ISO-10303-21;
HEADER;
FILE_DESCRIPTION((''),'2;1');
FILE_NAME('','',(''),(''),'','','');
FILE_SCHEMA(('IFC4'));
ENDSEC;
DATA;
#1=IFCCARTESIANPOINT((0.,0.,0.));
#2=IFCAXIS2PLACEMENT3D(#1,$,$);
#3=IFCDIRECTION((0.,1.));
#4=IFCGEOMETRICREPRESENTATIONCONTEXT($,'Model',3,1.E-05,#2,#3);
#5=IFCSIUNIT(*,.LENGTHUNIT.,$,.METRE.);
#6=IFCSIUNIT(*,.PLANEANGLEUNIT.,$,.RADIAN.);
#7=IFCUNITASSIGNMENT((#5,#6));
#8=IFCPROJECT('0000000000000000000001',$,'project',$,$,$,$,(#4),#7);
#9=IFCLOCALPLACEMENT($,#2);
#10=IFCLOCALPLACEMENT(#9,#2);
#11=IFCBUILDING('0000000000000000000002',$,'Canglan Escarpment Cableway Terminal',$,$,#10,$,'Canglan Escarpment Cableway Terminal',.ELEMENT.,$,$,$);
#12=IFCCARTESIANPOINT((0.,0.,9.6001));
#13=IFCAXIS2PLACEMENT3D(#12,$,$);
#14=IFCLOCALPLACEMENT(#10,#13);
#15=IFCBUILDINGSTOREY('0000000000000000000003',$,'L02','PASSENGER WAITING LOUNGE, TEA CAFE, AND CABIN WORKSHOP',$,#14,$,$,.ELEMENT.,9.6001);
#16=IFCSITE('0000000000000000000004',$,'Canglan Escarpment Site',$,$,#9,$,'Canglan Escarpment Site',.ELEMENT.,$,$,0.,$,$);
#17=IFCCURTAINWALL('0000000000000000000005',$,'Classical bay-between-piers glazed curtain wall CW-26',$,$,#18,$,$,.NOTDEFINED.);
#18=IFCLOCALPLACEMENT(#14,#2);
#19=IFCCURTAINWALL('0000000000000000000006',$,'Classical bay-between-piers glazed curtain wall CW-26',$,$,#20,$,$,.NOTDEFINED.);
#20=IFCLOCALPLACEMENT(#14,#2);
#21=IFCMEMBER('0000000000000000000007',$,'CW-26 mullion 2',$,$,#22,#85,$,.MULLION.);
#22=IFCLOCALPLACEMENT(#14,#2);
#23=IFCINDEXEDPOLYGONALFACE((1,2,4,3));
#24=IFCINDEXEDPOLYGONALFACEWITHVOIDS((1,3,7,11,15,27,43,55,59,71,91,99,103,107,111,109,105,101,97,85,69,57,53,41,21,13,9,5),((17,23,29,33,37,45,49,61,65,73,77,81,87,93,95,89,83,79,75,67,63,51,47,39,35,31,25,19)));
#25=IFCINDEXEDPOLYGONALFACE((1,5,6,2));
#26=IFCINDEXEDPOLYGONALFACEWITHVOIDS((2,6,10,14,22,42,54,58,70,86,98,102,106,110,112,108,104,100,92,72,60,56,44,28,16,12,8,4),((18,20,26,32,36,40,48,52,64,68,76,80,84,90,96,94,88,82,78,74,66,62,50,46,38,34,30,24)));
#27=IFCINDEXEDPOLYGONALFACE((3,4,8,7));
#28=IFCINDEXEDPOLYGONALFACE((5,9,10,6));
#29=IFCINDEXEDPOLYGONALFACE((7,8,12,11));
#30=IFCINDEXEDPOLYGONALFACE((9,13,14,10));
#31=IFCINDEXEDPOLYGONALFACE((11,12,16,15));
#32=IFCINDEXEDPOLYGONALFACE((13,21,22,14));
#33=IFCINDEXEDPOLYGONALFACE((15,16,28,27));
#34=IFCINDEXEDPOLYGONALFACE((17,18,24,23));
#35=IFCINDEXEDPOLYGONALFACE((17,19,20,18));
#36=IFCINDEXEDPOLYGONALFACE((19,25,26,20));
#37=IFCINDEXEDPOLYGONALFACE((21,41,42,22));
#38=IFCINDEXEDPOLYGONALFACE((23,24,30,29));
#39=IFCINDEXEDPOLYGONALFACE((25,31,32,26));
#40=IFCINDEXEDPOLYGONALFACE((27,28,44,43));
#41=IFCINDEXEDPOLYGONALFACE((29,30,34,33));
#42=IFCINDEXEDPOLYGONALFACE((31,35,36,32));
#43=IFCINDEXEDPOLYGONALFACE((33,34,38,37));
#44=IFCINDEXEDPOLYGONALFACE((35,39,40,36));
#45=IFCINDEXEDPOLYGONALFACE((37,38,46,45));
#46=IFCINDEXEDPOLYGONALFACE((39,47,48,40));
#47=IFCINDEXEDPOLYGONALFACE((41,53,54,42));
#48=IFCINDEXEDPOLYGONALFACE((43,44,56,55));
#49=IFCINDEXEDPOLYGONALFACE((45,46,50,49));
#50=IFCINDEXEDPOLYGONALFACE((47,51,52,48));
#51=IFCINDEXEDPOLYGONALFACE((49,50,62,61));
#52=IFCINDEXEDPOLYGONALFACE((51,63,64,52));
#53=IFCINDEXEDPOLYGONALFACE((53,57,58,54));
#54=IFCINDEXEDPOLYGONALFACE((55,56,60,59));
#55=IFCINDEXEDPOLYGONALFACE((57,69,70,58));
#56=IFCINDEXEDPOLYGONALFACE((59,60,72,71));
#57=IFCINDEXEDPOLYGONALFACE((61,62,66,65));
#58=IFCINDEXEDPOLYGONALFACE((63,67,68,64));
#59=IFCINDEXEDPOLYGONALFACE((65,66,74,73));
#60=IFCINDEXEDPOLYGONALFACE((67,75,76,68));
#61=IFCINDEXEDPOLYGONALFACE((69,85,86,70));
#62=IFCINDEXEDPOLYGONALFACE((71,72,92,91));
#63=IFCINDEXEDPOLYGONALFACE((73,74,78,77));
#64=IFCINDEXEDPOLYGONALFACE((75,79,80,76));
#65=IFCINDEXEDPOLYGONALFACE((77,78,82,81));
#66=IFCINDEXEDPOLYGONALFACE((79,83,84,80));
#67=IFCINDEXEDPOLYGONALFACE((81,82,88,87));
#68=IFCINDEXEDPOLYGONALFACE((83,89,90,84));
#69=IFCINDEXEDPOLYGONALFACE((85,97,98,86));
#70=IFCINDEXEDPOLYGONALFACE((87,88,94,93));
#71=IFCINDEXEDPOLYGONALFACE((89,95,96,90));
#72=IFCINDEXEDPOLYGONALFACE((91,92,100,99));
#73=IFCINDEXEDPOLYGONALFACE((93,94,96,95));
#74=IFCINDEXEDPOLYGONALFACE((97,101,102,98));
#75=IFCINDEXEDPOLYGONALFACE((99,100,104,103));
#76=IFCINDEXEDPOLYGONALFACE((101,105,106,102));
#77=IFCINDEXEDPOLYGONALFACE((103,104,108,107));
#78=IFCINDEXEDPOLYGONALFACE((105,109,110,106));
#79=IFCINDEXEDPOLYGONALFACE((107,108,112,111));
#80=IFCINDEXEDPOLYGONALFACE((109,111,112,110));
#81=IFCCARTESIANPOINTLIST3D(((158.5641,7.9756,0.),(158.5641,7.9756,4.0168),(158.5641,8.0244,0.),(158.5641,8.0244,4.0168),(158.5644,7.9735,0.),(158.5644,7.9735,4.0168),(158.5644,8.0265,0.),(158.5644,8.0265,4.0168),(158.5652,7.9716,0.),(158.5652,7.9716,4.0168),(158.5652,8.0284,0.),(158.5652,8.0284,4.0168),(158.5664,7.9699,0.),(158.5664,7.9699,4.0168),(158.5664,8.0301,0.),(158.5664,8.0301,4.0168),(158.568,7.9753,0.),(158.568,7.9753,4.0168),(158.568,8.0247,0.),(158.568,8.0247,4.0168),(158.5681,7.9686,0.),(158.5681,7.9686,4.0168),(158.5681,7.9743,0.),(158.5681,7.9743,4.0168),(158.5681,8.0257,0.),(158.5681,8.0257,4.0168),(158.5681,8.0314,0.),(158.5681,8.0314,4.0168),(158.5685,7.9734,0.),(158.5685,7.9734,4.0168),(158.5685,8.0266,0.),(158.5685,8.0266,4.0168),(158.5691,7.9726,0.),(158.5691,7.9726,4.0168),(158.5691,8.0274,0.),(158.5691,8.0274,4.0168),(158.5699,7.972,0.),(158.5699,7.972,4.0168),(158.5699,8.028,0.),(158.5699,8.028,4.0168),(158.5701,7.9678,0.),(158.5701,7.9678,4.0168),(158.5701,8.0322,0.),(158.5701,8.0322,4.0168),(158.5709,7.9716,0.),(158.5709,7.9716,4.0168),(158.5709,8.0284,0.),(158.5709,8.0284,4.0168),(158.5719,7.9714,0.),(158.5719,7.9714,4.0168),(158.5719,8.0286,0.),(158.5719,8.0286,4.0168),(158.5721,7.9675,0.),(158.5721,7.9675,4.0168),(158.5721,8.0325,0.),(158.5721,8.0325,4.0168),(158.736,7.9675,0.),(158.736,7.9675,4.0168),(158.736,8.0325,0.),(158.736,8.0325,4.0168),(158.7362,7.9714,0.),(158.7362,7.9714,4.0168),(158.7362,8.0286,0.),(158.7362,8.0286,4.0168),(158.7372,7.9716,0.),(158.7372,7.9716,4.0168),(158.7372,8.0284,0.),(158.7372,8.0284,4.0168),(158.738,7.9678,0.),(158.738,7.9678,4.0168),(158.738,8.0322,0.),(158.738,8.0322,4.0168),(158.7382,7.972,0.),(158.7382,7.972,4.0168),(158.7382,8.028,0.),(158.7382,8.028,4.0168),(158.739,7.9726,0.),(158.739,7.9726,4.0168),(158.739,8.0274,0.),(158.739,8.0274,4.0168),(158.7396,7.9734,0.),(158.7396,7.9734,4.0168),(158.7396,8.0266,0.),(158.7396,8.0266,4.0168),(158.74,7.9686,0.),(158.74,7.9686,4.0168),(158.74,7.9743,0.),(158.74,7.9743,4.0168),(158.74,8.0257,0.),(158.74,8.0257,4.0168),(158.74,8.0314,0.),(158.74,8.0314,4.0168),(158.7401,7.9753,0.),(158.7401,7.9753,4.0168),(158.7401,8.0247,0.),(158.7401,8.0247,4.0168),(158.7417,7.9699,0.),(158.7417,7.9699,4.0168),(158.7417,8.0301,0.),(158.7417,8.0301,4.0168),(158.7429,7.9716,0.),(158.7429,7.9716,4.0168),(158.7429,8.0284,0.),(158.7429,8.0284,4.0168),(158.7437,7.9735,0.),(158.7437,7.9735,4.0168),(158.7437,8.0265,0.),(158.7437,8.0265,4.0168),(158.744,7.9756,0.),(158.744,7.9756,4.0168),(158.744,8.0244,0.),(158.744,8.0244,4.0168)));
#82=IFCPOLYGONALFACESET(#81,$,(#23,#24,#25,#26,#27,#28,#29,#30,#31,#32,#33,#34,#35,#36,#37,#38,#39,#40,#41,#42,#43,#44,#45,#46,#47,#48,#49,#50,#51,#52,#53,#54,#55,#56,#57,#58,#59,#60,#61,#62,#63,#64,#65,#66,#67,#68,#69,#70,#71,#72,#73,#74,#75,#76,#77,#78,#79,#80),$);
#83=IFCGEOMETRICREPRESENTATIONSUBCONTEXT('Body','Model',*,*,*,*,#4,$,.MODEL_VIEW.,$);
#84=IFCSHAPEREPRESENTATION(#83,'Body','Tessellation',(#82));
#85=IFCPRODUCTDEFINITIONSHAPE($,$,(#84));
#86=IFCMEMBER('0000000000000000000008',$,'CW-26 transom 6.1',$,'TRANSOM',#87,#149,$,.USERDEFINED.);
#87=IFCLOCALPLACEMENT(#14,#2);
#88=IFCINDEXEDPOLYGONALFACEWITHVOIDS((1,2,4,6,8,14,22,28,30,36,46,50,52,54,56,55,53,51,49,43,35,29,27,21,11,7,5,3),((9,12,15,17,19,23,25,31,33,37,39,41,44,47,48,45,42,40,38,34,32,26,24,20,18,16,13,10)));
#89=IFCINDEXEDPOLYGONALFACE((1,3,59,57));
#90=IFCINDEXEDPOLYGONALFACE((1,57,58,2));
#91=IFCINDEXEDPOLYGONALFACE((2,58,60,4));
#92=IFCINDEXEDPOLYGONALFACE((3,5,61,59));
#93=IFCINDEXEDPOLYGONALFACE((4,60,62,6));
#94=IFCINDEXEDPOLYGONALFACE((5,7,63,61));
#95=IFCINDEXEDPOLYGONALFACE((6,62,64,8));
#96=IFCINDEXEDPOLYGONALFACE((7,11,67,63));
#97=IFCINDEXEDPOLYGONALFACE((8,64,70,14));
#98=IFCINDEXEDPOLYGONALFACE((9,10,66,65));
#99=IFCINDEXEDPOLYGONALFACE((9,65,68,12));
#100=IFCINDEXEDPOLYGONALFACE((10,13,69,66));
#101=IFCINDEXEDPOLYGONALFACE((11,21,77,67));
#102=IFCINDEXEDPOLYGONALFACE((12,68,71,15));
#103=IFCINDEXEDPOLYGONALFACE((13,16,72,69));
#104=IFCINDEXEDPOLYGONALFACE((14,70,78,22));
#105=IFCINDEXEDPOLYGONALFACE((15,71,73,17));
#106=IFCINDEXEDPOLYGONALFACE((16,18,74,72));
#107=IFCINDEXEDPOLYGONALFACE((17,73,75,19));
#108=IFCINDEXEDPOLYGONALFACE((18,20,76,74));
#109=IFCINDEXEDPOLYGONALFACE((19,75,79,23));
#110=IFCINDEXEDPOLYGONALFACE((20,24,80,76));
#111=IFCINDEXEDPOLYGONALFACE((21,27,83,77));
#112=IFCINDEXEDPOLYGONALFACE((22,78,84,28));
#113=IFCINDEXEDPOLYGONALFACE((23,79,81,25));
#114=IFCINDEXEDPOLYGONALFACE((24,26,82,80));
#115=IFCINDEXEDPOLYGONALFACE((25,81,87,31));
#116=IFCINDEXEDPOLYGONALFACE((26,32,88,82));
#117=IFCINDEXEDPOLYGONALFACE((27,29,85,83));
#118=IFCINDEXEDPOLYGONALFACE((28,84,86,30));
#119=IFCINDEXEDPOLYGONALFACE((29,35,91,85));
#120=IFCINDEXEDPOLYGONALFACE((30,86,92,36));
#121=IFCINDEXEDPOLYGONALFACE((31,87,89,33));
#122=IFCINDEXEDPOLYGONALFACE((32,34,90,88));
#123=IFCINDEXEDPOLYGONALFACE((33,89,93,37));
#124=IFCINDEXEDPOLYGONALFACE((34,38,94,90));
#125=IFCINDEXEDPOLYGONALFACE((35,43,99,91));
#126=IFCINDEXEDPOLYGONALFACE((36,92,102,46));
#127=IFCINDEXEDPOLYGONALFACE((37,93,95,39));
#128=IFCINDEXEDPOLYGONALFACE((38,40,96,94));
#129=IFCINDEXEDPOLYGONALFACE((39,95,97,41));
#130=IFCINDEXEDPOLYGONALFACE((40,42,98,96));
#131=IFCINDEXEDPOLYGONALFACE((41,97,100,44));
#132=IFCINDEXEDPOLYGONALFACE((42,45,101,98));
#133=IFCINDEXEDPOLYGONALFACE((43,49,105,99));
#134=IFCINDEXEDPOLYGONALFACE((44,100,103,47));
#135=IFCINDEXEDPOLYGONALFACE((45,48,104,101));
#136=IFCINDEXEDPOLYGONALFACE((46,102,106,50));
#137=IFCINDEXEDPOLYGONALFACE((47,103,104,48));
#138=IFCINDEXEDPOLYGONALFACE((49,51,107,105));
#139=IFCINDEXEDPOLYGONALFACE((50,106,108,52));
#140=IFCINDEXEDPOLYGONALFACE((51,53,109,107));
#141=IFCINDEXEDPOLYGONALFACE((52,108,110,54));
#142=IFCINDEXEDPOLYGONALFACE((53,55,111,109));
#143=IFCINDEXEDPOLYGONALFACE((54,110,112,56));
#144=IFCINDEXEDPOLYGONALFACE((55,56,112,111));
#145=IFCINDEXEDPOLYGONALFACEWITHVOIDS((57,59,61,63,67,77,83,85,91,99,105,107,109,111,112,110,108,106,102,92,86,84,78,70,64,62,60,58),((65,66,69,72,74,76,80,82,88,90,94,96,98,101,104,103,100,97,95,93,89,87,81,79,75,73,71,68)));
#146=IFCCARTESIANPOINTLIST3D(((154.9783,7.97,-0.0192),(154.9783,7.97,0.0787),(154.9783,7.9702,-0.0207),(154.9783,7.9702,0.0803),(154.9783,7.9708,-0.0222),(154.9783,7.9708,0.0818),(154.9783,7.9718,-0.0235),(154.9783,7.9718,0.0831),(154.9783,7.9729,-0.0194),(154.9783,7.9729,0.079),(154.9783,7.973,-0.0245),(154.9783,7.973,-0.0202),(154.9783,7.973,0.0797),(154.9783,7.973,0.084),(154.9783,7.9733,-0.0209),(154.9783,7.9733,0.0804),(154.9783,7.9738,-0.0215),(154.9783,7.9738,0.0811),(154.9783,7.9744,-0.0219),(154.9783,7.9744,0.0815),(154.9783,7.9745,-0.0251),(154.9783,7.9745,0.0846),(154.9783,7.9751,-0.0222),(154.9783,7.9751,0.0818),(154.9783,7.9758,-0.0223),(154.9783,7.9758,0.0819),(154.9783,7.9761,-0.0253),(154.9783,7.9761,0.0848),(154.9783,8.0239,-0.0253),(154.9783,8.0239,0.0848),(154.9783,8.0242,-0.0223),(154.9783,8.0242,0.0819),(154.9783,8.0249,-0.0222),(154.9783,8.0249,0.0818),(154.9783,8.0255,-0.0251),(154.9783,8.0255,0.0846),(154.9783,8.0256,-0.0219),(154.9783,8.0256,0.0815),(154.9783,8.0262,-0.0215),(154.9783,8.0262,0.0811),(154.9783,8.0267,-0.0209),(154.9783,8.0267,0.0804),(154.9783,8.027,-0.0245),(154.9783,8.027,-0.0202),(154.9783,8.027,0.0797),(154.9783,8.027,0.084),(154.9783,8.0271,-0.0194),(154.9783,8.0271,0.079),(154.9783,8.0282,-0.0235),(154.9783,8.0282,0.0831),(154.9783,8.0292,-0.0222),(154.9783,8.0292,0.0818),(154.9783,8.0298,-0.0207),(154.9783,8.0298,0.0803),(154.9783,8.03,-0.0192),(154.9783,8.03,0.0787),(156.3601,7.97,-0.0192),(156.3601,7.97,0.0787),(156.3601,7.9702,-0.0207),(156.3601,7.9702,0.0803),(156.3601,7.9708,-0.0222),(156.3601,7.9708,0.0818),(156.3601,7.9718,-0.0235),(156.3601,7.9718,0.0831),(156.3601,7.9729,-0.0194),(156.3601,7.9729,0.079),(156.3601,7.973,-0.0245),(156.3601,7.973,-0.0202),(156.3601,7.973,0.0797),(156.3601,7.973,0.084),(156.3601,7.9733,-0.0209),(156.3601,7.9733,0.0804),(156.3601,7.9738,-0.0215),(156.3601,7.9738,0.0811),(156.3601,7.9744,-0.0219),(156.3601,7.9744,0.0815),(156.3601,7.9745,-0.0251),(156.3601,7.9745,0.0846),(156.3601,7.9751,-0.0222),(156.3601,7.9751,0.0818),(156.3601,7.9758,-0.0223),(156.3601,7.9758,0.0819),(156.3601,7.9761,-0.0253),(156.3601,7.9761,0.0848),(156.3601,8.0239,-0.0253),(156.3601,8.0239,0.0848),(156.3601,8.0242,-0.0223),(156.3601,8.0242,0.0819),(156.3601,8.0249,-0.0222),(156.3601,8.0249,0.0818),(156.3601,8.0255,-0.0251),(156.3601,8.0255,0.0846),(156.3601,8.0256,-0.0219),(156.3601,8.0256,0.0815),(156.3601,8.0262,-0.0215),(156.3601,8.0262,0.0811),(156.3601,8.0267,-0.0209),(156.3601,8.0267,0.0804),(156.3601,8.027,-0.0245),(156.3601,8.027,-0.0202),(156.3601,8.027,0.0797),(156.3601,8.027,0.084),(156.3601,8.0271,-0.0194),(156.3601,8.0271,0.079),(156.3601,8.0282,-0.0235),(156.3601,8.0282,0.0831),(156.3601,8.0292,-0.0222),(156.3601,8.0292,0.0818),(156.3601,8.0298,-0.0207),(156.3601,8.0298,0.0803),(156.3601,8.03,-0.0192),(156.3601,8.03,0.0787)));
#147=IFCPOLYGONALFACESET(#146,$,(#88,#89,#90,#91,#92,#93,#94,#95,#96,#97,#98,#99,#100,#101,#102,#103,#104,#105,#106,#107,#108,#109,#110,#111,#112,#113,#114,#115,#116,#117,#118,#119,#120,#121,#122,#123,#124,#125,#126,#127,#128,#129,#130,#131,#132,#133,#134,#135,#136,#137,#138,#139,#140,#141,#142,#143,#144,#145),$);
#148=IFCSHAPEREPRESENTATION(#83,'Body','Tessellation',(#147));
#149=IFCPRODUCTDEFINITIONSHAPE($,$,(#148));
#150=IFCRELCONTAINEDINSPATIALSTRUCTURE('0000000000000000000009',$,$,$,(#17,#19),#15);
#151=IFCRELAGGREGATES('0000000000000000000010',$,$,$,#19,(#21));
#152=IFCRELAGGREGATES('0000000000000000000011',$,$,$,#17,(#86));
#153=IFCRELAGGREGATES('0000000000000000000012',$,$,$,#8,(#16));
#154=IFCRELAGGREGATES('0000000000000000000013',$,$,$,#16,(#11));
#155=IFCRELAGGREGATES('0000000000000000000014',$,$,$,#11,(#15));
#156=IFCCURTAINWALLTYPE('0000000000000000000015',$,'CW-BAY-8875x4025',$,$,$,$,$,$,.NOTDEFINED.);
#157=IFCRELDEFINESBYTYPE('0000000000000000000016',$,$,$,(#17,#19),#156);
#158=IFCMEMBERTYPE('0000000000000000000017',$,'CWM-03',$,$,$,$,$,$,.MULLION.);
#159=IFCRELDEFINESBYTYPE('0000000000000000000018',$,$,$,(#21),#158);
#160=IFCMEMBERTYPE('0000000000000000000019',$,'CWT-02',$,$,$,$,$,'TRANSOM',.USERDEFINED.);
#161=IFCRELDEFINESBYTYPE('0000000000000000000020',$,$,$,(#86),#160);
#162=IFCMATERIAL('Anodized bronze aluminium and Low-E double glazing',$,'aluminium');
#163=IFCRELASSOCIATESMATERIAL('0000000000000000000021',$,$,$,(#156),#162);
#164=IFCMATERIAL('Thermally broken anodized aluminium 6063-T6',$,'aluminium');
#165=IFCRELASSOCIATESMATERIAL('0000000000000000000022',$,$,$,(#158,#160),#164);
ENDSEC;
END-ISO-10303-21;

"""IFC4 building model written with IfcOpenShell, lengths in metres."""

from ifc_helpers import new_model, si_unit, direction, frame, origin, origin_2d, place, context, subcontext, project, spatial, hollow_rectangle, extrude, material, material_profile, profile_set, type_object, element, aggregate, save


model = new_model("IFC4")

# Units and contexts
model_context = context("Model", 3, precision=1e-05, world=origin(), true_north=direction((0.0, 1.0)))
body_context = subcontext(model_context, "Body", "Model", "MODEL_VIEW")
ifc_project = project(units=[si_unit("LENGTHUNIT", "METRE"), si_unit("PLANEANGLEUNIT", "RADIAN")], contexts=[model_context])

# Site, building, storey
site_placement = place(None, origin())
site = spatial("IfcSite", under=ifc_project, at=site_placement, Name="Canglan Escarpment Site", LongName="Canglan Escarpment Site", CompositionType="ELEMENT", RefElevation=0.0)
building_placement = place(site_placement, origin())
building = spatial("IfcBuilding", under=site, at=building_placement, Name="Canglan Escarpment Cableway Terminal", LongName="Canglan Escarpment Cableway Terminal", CompositionType="ELEMENT")
storey_placement = place(building_placement, frame((0.0, 0.0, 9.6001)))
storey = spatial("IfcBuildingStorey", under=building, at=storey_placement, Name="L02", Description="PASSENGER WAITING LOUNGE, TEA CAFE, AND CABIN WORKSHOP", CompositionType="ELEMENT", Elevation=9.6001)

# Curtain walls, member
ifc_material_1 = material(Name="Anodized bronze aluminium and Low-E double glazing", Category="aluminium")
curtain_wall_type = type_object("IfcCurtainWallType", Name="CW-BAY-8875x4025", PredefinedType="NOTDEFINED", material=ifc_material_1)
curtain_wall_1_placement = place(storey_placement, origin())
curtain_wall_1 = element("IfcCurtainWall", 1, at=curtain_wall_1_placement, inside=storey, type_object=curtain_wall_type, Name="Classical bay-between-piers glazed curtain wall CW-26", PredefinedType="NOTDEFINED")
ifc_material_2 = material(Name="Thermally broken anodized aluminium 6063-T6", Category="aluminium")
curtain_wall_2_placement = place(storey_placement, origin())
curtain_wall_2 = element("IfcCurtainWall", 2, at=curtain_wall_2_placement, inside=storey, type_object=curtain_wall_type, Name="Classical bay-between-piers glazed curtain wall CW-26", PredefinedType="NOTDEFINED")
ifc_material_profile_1 = material_profile(ifc_material_2, hollow_rectangle(XDim=0.0649, YDim=0.1799, WallThickness=0.0039, InnerFilletRadius=0.0039, OuterFilletRadius=0.0081, at=origin_2d()), Name="ALU-MULL 65x180x4")
ifc_profile_set_1 = profile_set([ifc_material_profile_1], Name="Thermally broken anodized aluminium 6063-T6")
member_type_1 = type_object("IfcMemberType", Name="CWM-03", PredefinedType="MULLION", material=ifc_profile_set_1)
member_1_placement = place(storey_placement, frame((158.6541, 8.0, 0.0), z_axis=(0.0, 0.0, 1.0), x_axis=(0.0, 1.0, 0.0)))
member_1 = element("IfcMember", 3, at=member_1_placement, type_object=member_type_1, Name="CW-26 mullion 2", PredefinedType="MULLION", context=body_context, shape_type="SweptSolid", body=[
    extrude(hollow_rectangle(XDim=0.0649, YDim=0.1799, WallThickness=0.0039, InnerFilletRadius=0.0039, OuterFilletRadius=0.0081, at=origin_2d()), origin(), (0.0, 0.0, 1.0), 4.0168),
])

# Member
ifc_material_profile_2 = material_profile(ifc_material_2, hollow_rectangle(XDim=0.0601, YDim=0.1101, WallThickness=0.0029, InnerFilletRadius=0.0029, OuterFilletRadius=0.0061, at=origin_2d()), Name="ALU-TRAN 60x110x3")
ifc_profile_set_2 = profile_set([ifc_material_profile_2], Name="Thermally broken anodized aluminium 6063-T6")
member_type_2 = type_object("IfcMemberType", Name="CWT-02", ElementType="TRANSOM", PredefinedType="USERDEFINED", material=ifc_profile_set_2)
member_2_placement = place(storey_placement, frame((154.9783, 8.0, 0.0298), z_axis=(1.0, 0.0, 0.0), x_axis=(0.0, 1.0, 0.0)))
member_2 = element("IfcMember", 4, at=member_2_placement, type_object=member_type_2, Name="CW-26 transom 6.1", ObjectType="TRANSOM", PredefinedType="USERDEFINED", context=body_context, shape_type="SweptSolid", body=[
    extrude(hollow_rectangle(XDim=0.0601, YDim=0.1101, WallThickness=0.0029, InnerFilletRadius=0.0029, OuterFilletRadius=0.0061, at=origin_2d()), origin(), (0.0, 0.0, 1.0), 1.3818),
])

aggregate(curtain_wall_2, [member_1])
aggregate(curtain_wall_1, [member_2])

save(model, "model.ifc")
